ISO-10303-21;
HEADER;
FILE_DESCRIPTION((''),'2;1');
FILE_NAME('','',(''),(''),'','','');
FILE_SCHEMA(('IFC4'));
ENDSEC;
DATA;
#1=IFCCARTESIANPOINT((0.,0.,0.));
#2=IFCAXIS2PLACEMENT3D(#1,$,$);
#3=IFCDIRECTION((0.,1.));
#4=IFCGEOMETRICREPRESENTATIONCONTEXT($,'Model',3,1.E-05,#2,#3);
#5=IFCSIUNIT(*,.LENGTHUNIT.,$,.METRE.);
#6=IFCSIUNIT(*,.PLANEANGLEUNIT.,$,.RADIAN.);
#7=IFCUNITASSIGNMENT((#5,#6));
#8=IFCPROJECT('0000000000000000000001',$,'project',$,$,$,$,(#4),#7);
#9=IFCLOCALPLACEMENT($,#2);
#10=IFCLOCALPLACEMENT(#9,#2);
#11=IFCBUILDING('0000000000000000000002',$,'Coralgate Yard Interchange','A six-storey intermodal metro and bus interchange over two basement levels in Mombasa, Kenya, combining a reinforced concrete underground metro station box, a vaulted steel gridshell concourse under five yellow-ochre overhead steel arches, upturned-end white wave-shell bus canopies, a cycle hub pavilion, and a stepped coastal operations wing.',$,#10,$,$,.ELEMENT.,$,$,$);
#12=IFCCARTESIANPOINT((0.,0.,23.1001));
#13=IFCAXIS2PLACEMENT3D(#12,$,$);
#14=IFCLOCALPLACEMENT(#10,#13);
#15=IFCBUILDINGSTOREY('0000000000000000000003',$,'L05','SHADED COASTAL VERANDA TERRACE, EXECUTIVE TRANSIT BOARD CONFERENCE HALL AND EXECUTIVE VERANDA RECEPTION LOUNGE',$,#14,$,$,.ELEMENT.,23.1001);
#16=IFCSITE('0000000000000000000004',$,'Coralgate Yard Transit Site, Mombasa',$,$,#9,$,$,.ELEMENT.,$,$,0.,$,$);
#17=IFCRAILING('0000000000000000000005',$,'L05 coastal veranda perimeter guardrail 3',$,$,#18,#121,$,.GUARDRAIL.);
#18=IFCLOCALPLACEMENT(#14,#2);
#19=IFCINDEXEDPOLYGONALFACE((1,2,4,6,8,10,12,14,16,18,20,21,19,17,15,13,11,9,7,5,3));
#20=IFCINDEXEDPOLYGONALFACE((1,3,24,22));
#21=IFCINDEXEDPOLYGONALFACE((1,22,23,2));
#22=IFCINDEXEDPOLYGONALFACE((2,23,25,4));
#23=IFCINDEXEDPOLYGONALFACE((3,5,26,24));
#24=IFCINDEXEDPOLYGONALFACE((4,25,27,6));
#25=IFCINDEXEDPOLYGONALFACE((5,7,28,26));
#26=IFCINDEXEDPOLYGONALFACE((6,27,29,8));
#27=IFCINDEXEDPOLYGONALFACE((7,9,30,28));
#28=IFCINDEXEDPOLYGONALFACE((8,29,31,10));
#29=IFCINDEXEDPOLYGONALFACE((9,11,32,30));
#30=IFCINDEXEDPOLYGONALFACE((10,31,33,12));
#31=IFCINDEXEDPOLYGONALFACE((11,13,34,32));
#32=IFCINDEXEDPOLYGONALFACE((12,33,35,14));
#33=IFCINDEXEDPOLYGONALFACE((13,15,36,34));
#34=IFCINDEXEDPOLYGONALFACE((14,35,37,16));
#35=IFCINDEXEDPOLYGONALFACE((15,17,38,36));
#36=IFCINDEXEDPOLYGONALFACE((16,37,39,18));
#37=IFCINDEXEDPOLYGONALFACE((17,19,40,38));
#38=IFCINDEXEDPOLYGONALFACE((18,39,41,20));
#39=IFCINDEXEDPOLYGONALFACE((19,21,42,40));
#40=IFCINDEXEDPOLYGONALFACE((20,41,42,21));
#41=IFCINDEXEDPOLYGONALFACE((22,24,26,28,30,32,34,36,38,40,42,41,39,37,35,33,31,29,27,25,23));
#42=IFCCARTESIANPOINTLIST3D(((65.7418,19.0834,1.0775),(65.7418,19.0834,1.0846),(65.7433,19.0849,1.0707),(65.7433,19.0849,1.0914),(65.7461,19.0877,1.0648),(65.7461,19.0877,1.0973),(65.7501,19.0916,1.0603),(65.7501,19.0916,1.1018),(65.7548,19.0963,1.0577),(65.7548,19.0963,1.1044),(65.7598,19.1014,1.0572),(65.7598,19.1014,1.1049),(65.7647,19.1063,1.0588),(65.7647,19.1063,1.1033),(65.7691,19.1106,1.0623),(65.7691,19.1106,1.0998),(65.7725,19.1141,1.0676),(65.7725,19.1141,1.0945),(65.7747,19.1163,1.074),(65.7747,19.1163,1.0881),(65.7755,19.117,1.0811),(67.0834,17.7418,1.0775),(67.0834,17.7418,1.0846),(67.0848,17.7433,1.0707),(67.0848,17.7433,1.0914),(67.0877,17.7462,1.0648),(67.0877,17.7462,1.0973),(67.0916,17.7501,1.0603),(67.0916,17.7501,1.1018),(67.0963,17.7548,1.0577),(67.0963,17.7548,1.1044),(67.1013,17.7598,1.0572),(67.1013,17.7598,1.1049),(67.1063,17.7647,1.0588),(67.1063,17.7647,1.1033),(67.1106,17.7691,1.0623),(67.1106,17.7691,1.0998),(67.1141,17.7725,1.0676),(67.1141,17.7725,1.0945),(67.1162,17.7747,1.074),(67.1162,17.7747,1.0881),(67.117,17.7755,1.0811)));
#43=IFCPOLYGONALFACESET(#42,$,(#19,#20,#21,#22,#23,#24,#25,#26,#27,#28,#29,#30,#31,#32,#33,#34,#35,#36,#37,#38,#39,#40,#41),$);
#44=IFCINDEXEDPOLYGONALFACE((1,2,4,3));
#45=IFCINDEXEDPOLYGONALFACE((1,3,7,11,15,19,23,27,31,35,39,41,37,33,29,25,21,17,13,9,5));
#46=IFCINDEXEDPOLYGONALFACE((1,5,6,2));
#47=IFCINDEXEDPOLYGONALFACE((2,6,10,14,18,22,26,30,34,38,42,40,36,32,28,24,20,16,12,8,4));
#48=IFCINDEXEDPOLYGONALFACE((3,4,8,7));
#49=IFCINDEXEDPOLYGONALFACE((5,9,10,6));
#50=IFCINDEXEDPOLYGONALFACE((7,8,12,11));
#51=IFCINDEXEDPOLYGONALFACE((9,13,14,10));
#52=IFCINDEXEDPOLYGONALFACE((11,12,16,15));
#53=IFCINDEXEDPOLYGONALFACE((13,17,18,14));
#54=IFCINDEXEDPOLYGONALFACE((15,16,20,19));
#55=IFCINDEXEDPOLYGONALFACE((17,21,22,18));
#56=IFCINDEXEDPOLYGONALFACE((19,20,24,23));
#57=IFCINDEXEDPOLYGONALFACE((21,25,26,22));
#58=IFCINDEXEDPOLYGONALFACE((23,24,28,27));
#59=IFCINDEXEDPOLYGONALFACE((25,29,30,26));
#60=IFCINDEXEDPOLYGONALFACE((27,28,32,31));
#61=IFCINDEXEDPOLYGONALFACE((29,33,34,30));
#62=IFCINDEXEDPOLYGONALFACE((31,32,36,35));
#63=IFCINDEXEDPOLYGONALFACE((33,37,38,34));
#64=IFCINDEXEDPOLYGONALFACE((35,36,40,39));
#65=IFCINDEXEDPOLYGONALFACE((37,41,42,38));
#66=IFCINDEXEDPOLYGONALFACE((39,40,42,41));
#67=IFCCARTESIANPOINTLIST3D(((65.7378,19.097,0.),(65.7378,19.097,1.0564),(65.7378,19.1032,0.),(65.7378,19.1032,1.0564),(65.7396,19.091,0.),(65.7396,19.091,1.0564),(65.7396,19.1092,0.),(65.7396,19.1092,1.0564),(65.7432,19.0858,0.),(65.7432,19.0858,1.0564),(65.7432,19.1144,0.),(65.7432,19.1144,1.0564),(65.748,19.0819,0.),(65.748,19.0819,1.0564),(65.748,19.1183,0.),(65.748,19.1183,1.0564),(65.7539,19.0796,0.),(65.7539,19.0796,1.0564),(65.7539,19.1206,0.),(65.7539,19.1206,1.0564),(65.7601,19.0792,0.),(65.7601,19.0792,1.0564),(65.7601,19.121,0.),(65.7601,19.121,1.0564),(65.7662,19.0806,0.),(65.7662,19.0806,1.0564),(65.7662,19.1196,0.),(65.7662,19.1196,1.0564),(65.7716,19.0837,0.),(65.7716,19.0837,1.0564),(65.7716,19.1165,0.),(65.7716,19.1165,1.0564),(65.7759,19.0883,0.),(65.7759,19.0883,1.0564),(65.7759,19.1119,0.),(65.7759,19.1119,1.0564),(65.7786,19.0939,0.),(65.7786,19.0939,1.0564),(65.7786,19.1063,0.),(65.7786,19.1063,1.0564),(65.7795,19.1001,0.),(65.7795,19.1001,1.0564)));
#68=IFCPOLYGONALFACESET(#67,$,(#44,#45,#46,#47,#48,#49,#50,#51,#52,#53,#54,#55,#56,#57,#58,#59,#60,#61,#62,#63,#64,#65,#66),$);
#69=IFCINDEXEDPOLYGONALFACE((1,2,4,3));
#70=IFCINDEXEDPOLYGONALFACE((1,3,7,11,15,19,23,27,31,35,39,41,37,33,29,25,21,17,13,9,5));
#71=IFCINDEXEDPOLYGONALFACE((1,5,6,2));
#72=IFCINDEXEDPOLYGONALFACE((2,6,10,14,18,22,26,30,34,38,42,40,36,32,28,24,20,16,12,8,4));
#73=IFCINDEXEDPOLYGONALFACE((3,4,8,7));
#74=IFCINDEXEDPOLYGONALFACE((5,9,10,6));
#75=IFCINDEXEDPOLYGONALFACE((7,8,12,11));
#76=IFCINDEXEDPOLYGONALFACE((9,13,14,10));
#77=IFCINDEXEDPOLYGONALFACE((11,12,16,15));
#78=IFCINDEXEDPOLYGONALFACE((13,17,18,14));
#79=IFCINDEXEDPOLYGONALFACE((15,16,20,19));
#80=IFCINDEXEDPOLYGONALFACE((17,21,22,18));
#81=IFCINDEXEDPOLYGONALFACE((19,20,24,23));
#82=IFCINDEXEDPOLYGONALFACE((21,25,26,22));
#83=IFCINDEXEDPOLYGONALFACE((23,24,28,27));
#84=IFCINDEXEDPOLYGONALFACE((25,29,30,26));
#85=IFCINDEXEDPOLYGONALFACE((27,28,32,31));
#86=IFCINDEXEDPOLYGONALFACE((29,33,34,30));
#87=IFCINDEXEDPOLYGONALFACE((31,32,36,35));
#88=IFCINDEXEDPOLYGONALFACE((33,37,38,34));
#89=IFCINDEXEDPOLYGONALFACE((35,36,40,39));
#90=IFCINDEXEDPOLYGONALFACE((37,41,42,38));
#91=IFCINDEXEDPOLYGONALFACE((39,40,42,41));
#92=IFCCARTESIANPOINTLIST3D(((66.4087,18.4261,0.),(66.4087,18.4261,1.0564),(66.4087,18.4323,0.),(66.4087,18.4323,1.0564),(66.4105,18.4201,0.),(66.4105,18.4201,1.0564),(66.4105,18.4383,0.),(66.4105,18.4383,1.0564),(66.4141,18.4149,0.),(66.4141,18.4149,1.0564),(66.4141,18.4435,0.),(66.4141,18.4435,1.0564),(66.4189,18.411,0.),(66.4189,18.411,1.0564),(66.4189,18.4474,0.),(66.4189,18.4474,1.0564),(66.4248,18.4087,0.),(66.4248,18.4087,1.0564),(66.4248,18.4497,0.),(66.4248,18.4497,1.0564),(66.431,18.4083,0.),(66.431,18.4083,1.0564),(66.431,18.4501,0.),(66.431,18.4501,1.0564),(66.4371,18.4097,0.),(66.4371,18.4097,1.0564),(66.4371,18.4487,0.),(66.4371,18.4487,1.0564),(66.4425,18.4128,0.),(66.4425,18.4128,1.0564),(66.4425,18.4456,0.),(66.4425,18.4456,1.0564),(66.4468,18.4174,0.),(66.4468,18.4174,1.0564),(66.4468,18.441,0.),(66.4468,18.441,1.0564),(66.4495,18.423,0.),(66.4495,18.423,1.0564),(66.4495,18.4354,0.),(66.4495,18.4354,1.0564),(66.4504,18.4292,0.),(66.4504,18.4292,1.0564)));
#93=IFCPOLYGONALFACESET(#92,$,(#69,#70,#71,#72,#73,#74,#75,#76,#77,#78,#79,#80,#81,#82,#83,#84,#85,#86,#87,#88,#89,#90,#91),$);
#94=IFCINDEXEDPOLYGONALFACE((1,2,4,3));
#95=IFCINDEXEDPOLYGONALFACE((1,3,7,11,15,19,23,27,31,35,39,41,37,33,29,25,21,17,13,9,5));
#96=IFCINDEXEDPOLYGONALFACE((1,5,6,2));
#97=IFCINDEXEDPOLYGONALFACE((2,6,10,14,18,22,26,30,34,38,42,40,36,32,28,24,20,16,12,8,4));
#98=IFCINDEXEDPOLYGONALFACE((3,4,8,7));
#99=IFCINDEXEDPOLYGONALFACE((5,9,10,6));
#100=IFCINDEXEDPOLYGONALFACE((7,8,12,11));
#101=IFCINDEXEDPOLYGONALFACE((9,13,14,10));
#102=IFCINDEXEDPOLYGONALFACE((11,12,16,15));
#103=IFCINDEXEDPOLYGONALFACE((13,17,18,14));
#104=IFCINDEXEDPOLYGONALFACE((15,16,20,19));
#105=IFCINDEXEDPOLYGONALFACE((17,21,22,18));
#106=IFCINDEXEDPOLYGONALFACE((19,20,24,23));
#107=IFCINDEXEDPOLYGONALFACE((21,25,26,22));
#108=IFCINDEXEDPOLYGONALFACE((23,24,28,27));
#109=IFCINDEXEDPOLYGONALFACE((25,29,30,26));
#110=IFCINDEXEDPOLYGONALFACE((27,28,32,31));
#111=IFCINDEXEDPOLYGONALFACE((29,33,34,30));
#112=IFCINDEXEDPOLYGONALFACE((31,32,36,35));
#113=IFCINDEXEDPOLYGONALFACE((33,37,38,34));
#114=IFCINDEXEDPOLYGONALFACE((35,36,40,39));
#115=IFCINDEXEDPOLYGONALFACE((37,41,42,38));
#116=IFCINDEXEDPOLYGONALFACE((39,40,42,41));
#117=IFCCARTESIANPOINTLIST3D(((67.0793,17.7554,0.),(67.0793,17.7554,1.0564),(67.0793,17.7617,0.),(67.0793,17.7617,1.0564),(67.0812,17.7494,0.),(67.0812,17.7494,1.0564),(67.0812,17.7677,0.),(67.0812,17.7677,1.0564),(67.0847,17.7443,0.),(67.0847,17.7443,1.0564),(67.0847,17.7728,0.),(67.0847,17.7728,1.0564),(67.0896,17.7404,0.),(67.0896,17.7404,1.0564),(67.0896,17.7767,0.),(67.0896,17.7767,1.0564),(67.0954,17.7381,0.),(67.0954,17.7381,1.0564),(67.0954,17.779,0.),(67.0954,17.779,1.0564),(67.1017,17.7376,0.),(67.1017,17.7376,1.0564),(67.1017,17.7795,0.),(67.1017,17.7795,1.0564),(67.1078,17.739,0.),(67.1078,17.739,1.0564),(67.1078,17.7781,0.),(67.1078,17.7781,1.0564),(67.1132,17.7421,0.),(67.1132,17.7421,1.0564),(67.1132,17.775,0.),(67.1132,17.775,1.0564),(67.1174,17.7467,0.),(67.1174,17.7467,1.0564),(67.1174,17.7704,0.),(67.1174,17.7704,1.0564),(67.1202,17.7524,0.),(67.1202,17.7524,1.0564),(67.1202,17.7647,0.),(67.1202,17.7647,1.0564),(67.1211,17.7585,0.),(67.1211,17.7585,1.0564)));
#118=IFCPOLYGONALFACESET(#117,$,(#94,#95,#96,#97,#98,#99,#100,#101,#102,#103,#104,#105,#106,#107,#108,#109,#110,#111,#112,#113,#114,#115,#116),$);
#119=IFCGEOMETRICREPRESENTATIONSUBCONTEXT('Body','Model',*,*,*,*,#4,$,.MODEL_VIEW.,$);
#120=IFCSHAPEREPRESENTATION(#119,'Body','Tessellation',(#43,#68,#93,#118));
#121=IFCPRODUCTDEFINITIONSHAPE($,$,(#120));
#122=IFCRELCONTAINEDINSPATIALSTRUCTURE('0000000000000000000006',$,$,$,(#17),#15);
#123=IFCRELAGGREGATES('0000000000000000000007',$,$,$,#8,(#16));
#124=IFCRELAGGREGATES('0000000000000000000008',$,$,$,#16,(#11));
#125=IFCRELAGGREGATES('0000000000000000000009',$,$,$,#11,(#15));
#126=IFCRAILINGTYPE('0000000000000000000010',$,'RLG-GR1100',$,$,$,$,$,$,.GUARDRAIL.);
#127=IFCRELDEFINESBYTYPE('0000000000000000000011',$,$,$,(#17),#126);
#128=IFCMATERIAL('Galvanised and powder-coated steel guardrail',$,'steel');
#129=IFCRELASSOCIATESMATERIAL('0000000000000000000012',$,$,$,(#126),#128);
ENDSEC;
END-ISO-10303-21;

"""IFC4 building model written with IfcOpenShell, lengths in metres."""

from ifc_helpers import new_model, si_unit, direction, frame, origin, origin_2d, place, context, subcontext, project, spatial, circle, extrude, material, type_object, element, save


model = new_model("IFC4")

# Units and contexts
model_context = context("Model", 3, precision=1e-05, world=origin(), true_north=direction((0.0, 1.0)))
body_context = subcontext(model_context, "Body", "Model", "MODEL_VIEW")
ifc_project = project(units=[si_unit("LENGTHUNIT", "METRE"), si_unit("PLANEANGLEUNIT", "RADIAN")], contexts=[model_context])

# Site, building, storey
site_placement = place(None, origin())
site = spatial("IfcSite", under=ifc_project, at=site_placement, Name="Coralgate Yard Transit Site, Mombasa", CompositionType="ELEMENT", RefElevation=0.0)
building_placement = place(site_placement, origin())
building = spatial("IfcBuilding", under=site, at=building_placement, Name="Coralgate Yard Interchange", Description="A six-storey intermodal metro and bus interchange over two basement levels in Mombasa, Kenya, combining a reinforced concrete underground metro station box, a vaulted steel gridshell concourse under five yellow-ochre overhead steel arches, upturned-end white wave-shell bus canopies, a cycle hub pavilion, and a stepped coastal operations wing.", CompositionType="ELEMENT")
storey_placement = place(building_placement, frame((0.0, 0.0, 23.1001)))
storey = spatial("IfcBuildingStorey", under=building, at=storey_placement, Name="L05", Description="SHADED COASTAL VERANDA TERRACE, EXECUTIVE TRANSIT BOARD CONFERENCE HALL AND EXECUTIVE VERANDA RECEPTION LOUNGE", CompositionType="ELEMENT", Elevation=23.1001)

# Railing
ifc_material_1 = material(Name="Galvanised and powder-coated steel guardrail", Category="steel")
railing_type_1 = type_object("IfcRailingType", Name="RLG-GR1100", PredefinedType="GUARDRAIL", material=ifc_material_1)
railing_1_placement = place(storey_placement, frame((65.7585, 19.1001, 0.0)))
element("IfcRailing", 1, at=railing_1_placement, inside=storey, type_object=railing_type_1, Name="L05 coastal veranda perimeter guardrail 3", PredefinedType="GUARDRAIL", context=body_context, shape_type="SweptSolid", body=[
    extrude(circle(Radius=0.0239, at=origin_2d()), frame((0.0, 0.0, 1.0811), z_axis=(0.707107, -0.707107, 0.0), x_axis=(0.707107, 0.707107, 0.0)), (0.0, 0.0, 1.0), 1.8972),
    extrude(circle(Radius=0.021, at=origin_2d()), origin(), (0.0, 0.0, 1.0), 1.0564),
    extrude(circle(Radius=0.021, at=origin_2d()), frame((0.6709, -0.6709, 0.0)), (0.0, 0.0, 1.0), 1.0564),
    extrude(circle(Radius=0.021, at=origin_2d()), frame((1.3416, -1.3416, 0.0)), (0.0, 0.0, 1.0), 1.0564),
])

save(model, "model.ifc")
